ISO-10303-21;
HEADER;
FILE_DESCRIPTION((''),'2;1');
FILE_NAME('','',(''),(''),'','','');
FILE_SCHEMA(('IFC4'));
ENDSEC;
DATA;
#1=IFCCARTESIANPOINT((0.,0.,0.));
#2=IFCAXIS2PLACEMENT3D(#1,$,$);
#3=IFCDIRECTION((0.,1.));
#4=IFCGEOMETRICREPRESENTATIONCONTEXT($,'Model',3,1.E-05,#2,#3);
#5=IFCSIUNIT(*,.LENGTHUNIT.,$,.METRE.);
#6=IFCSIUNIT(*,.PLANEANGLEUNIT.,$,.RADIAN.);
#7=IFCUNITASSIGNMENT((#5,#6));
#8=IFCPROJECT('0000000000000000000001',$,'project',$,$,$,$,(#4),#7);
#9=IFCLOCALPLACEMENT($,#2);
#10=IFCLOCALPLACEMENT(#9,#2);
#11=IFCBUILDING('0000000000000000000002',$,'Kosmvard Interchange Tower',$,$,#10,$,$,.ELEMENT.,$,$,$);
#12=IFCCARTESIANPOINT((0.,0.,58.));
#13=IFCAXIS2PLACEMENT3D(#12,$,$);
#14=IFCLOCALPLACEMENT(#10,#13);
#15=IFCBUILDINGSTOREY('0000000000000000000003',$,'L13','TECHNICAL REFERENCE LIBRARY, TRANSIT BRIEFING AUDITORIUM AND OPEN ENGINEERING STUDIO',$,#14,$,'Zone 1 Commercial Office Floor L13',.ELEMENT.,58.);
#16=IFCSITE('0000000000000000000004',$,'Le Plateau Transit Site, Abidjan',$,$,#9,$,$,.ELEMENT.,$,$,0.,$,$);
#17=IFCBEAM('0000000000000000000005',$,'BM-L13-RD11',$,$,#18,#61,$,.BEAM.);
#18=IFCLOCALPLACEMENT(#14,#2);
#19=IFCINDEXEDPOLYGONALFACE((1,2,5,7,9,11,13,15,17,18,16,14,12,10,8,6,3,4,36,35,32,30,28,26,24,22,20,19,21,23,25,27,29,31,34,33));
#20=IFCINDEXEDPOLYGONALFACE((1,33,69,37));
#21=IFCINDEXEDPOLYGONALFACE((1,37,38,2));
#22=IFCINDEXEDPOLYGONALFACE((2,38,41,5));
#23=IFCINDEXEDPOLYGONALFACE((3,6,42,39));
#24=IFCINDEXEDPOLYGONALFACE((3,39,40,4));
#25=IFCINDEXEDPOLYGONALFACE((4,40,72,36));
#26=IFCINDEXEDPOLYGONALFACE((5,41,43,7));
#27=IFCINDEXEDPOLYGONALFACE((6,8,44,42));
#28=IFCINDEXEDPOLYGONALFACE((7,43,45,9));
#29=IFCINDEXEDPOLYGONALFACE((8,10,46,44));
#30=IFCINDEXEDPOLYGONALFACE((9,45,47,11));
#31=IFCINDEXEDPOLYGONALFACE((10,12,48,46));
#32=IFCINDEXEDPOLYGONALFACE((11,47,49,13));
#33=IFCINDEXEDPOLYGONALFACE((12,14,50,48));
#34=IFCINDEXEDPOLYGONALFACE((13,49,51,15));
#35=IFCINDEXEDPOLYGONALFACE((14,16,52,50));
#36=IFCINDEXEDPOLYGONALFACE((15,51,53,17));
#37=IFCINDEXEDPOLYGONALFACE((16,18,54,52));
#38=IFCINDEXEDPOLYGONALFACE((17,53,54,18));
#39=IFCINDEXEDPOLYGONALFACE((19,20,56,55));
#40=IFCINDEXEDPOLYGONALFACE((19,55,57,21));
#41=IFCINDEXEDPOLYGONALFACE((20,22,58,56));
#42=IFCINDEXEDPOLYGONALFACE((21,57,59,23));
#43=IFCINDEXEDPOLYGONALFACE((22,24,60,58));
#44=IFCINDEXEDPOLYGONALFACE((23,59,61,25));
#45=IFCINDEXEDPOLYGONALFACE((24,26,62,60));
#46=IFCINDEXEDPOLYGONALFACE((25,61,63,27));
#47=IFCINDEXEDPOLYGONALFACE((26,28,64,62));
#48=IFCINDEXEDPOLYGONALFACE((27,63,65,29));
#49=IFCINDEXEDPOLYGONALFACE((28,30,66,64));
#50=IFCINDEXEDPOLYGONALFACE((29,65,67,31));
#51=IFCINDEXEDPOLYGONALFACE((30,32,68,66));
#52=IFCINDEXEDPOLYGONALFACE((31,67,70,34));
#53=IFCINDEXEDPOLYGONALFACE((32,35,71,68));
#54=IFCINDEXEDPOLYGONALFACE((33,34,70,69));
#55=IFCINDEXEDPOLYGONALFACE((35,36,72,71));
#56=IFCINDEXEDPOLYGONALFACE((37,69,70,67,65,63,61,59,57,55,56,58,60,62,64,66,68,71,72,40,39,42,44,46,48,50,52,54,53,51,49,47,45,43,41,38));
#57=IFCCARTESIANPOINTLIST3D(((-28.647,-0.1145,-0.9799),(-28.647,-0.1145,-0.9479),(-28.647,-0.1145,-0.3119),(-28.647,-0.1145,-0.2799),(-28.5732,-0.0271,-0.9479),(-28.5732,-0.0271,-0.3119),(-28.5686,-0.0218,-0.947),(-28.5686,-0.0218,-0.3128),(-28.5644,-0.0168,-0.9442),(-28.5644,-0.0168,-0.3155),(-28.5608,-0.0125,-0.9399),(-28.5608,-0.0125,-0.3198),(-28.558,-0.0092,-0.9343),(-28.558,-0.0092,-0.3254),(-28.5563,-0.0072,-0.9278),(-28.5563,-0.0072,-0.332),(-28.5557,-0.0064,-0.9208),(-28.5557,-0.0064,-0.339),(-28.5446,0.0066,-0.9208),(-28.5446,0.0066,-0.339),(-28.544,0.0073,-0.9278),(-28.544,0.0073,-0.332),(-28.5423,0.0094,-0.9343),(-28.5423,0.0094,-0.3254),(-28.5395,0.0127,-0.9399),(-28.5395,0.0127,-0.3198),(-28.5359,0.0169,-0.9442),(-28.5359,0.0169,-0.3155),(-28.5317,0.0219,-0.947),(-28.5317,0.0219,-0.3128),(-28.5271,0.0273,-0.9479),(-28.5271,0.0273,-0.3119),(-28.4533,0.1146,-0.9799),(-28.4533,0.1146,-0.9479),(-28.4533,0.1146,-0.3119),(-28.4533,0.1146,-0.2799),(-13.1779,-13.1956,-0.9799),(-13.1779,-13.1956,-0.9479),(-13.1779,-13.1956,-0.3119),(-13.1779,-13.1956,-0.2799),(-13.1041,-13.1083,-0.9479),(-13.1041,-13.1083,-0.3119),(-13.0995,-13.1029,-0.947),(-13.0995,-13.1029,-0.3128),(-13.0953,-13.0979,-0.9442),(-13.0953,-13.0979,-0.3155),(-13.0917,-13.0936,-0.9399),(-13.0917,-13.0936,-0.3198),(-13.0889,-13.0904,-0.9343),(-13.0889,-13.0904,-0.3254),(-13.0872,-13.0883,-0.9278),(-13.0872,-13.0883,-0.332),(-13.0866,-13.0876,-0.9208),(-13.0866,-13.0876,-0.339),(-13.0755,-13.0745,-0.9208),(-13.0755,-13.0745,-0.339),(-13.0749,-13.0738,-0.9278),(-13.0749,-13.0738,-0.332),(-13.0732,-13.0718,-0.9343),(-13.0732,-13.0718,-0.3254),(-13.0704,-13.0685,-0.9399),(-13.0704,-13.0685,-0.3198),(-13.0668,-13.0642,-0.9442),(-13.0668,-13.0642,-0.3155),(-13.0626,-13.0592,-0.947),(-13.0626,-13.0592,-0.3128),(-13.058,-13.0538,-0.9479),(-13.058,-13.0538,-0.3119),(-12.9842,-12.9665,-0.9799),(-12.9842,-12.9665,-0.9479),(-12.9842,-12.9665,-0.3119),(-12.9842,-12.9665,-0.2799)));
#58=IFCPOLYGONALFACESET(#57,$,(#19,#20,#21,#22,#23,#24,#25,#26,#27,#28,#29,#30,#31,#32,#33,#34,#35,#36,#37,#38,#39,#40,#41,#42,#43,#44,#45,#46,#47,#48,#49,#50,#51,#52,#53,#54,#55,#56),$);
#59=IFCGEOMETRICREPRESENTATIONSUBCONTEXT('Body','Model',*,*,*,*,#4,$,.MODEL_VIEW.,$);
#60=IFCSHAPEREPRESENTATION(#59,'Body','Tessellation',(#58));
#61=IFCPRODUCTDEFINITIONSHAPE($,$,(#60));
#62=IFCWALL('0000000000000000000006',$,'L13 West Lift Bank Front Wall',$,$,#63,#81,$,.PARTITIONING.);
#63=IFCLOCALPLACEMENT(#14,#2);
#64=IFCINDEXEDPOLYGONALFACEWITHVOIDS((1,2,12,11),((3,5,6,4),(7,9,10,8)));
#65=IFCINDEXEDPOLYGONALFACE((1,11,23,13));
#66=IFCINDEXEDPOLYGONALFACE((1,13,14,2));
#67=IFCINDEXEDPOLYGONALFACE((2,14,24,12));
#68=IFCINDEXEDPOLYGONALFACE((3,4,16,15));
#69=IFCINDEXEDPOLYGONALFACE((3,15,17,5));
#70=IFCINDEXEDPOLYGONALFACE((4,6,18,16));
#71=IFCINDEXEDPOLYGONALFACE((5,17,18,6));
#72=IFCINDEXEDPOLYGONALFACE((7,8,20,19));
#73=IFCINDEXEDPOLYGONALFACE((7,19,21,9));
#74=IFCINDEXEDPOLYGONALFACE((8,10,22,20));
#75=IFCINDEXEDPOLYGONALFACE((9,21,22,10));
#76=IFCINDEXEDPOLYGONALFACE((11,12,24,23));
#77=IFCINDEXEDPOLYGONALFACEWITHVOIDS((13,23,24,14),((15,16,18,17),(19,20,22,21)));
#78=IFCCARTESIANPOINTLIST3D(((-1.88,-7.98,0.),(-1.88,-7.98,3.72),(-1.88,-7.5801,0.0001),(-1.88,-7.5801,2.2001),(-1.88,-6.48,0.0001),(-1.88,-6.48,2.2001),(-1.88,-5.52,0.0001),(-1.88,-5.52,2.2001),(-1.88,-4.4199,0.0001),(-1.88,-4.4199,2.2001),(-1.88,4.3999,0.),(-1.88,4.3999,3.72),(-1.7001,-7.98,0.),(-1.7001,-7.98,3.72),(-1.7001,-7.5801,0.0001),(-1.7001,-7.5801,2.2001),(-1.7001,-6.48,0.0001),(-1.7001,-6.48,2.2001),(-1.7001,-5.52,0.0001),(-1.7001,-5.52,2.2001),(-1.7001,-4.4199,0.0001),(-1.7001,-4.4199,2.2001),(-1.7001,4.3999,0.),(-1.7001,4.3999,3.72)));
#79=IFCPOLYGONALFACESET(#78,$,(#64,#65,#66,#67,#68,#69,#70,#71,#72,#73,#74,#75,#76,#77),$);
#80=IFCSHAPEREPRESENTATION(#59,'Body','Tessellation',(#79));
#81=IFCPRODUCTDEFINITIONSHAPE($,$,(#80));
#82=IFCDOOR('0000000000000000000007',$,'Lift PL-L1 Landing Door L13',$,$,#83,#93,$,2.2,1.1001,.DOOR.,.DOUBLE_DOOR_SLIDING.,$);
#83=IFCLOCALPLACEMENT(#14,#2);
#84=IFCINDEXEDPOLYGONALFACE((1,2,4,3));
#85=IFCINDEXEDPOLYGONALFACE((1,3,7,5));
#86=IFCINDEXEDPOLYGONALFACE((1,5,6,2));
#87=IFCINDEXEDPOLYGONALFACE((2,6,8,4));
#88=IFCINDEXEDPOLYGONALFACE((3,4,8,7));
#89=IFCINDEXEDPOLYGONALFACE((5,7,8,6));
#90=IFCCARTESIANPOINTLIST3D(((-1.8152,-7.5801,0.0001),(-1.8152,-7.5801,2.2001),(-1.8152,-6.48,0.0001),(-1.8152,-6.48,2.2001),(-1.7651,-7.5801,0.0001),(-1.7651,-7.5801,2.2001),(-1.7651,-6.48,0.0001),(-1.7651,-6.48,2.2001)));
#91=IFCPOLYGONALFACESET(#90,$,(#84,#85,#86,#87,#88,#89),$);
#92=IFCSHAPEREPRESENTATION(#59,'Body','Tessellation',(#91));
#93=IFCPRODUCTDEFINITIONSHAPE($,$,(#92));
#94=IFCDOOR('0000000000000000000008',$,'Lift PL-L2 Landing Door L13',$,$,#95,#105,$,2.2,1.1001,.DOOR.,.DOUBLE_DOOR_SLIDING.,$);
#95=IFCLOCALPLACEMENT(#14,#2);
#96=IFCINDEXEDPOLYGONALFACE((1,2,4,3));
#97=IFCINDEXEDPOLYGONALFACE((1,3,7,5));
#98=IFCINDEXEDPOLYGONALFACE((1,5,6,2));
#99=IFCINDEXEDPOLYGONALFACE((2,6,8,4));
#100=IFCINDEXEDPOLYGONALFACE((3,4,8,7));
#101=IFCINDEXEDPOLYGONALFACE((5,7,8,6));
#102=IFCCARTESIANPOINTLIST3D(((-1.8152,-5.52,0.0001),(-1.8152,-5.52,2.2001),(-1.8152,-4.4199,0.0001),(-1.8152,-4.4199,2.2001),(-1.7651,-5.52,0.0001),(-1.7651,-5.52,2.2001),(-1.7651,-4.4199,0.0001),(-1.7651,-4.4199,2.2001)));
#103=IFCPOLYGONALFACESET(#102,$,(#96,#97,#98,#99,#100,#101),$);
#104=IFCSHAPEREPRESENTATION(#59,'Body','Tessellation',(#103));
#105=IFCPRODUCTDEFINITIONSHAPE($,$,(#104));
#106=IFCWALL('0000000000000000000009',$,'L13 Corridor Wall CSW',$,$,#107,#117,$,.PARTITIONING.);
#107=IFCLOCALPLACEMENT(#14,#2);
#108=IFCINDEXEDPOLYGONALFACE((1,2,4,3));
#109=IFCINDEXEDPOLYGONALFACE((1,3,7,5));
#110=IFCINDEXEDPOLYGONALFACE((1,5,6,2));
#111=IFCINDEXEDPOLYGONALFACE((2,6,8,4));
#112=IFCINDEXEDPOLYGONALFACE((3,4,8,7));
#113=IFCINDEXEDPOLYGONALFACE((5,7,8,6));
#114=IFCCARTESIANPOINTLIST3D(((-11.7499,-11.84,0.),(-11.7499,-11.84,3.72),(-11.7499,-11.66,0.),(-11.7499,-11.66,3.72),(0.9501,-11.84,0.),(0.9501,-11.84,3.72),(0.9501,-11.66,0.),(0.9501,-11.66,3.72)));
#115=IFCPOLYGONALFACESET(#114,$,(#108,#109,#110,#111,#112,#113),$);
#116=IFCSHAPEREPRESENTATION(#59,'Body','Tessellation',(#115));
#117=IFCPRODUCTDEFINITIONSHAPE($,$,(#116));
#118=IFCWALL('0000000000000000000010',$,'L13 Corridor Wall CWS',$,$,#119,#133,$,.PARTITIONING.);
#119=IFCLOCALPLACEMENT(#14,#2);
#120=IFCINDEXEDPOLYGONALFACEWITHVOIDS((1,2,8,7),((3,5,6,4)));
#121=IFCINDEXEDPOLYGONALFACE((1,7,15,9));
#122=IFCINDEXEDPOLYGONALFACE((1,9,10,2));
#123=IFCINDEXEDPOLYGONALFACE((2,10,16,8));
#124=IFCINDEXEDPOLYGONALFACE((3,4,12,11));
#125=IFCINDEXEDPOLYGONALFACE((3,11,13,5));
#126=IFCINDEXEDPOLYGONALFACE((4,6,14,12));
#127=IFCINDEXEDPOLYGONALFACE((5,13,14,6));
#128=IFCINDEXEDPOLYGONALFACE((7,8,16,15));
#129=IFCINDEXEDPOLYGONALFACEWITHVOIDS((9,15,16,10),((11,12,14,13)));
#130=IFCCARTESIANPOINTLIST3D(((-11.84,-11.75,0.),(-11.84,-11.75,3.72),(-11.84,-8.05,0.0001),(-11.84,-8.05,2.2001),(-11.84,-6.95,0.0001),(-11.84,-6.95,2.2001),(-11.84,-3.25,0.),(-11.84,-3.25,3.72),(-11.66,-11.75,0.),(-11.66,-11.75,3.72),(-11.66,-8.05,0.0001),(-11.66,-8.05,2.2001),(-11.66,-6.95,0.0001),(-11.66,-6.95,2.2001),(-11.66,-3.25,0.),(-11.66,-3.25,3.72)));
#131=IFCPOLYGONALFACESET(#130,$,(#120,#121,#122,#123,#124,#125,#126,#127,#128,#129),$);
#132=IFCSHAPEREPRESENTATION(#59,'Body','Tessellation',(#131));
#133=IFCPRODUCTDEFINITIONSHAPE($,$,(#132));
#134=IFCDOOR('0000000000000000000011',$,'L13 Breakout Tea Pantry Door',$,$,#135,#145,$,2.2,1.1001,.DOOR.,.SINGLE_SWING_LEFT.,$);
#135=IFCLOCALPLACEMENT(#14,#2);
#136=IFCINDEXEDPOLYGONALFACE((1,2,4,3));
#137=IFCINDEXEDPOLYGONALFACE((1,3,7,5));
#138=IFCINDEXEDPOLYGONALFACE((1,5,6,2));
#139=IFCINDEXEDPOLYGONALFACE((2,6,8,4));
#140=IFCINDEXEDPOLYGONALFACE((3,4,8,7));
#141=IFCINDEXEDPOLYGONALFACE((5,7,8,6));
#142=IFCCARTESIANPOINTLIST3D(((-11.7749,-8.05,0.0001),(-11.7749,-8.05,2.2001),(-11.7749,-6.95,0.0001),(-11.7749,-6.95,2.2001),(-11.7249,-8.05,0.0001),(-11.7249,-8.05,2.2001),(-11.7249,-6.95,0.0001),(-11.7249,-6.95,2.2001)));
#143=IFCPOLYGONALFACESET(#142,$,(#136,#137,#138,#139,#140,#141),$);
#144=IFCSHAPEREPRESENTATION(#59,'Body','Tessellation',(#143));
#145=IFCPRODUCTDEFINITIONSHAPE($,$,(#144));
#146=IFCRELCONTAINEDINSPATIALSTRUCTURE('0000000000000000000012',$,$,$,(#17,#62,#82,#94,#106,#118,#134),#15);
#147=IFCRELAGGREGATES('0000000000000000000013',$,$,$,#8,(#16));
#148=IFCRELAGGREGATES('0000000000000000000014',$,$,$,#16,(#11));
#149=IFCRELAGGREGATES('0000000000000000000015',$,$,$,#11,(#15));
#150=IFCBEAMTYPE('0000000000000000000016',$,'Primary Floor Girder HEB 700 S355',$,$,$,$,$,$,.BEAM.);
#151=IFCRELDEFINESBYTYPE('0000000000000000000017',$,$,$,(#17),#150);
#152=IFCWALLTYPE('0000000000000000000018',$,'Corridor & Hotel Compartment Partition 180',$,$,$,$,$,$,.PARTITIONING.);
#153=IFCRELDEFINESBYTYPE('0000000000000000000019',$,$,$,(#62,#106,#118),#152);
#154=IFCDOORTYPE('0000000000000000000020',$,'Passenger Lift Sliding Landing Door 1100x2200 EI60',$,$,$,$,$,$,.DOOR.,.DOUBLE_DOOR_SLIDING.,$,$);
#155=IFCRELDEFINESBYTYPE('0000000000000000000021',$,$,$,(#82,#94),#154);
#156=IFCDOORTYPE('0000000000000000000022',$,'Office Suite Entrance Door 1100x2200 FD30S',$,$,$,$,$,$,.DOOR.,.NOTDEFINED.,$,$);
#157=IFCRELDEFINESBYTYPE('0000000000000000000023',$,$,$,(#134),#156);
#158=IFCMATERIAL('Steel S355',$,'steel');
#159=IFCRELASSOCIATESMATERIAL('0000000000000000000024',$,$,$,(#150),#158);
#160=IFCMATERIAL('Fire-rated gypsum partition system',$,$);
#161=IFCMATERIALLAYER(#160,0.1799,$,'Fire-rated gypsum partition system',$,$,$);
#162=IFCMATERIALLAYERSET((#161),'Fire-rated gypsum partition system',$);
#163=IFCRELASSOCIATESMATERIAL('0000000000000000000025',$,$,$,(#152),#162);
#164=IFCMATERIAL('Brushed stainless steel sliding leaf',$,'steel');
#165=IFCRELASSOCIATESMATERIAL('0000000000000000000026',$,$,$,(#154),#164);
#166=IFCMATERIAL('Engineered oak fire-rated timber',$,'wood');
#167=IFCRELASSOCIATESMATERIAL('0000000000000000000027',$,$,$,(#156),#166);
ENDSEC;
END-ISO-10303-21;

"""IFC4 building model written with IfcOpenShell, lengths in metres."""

from ifc_helpers import new_model, si_unit, direction, frame, frame_2d, origin, origin_2d, place, context, subcontext, project, spatial, rectangle, i_section, extrude, source, transform, mapped, material, layer, layer_set, material_profile, profile_set, type_object, element, fill, save


model = new_model("IFC4")

# Units and contexts
model_context = context("Model", 3, precision=1e-05, world=origin(), true_north=direction((0.0, 1.0)))
body_context = subcontext(model_context, "Body", "Model", "MODEL_VIEW")
ifc_project = project(units=[si_unit("LENGTHUNIT", "METRE"), si_unit("PLANEANGLEUNIT", "RADIAN")], contexts=[model_context])

# Site, building, storey
site_placement = place(None, origin())
site = spatial("IfcSite", under=ifc_project, at=site_placement, Name="Le Plateau Transit Site, Abidjan", CompositionType="ELEMENT", RefElevation=0.0)
building_placement = place(site_placement, origin())
building = spatial("IfcBuilding", under=site, at=building_placement, Name="Kosmvard Interchange Tower", CompositionType="ELEMENT")
storey_placement = place(building_placement, frame((0.0, 0.0, 58.0)))
storey = spatial("IfcBuildingStorey", under=building, at=storey_placement, Name="L13", Description="TECHNICAL REFERENCE LIBRARY, TRANSIT BRIEFING AUDITORIUM AND OPEN ENGINEERING STUDIO", LongName="Zone 1 Commercial Office Floor L13", CompositionType="ELEMENT", Elevation=58.0)

# Beam
ifc_material_1 = material(Name="Steel S355", Category="steel")
ifc_material_profile_1 = material_profile(ifc_material_1, i_section(OverallWidth=0.3, OverallDepth=0.7, WebThickness=0.0171, FlangeThickness=0.032, FilletRadius=0.0271, at=origin_2d()), Name="HEB 700")
ifc_profile_set_1 = profile_set([ifc_material_profile_1], Name="Steel S355")
beam_type_1 = type_object("IfcBeamType", Name="Primary Floor Girder HEB 700 S355", PredefinedType="BEAM", material=ifc_profile_set_1)
shared_shape_1 = source(origin(), body_context, "Body", "SweptSolid", [
    extrude(i_section(OverallWidth=0.3, OverallDepth=0.7, WebThickness=0.0171, FlangeThickness=0.032, FilletRadius=0.0271, at=origin_2d()), origin(), (0.0, 0.0, 1.0), 20.2585),
])
for number, where, z_axis, x_axis, name in (
    (1, (-13.0811, -13.0811, -0.6299), (-0.763583, 0.645709, 0.0), (-0.645709, -0.763583, 0.0), "BM-L13-RD11"),
):
    element("IfcBeam", number, at=place(storey_placement, frame(where, z_axis=z_axis, x_axis=x_axis)), inside=storey, type_object=beam_type_1, Name=name, PredefinedType="BEAM", context=body_context, shape_type="MappedRepresentation", body=[
        mapped(shared_shape_1, transform((0.0, 0.0, 0.0), scale=1.0)),
    ])

# Wall, openings, doors
ifc_material_2 = material(Name="Fire-rated gypsum partition system")
ifc_layer_1 = layer(ifc_material_2, 0.1799, Name="Fire-rated gypsum partition system")
ifc_layer_set_1 = layer_set([ifc_layer_1], Name="Fire-rated gypsum partition system")
wall_type_1 = type_object("IfcWallType", Name="Corridor & Hotel Compartment Partition 180", PredefinedType="PARTITIONING", material=ifc_layer_set_1)
wall_1_placement = place(storey_placement, frame((-1.79, -7.98, 0.0), z_axis=(0.0, 0.0, 1.0), x_axis=(0.0, 1.0, 0.0)))
wall_1 = element("IfcWall", 2, at=wall_1_placement, inside=storey, type_object=wall_type_1, Name="L13 West Lift Bank Front Wall", PredefinedType="PARTITIONING", context=body_context, shape_type="SweptSolid", body=[
    extrude(rectangle(XDim=12.3799, YDim=0.1799, at=frame_2d((6.1899, 0.0))), origin(), (0.0, 0.0, 1.0), 3.72),
])
opening_1_placement = place(wall_1_placement, frame((0.3999, 0.0, 0.0)))
opening_1 = element("IfcOpeningElement", 3, at=opening_1_placement, cuts=wall_1, PredefinedType="OPENING", context=body_context, shape_type="SweptSolid", body=[
    extrude(rectangle(XDim=1.1001, YDim=2.2, at=frame_2d((0.55, 1.1001))), frame((0.0, 0.1001, 0.0), z_axis=(0.0, -1.0, 0.0), x_axis=(1.0, 0.0, 0.0)), (0.0, 0.0, 1.0), 0.2),
])
opening_2_placement = place(wall_1_placement, frame((2.46, 0.0, 0.0)))
opening_2 = element("IfcOpeningElement", 4, at=opening_2_placement, cuts=wall_1, PredefinedType="OPENING", context=body_context, shape_type="SweptSolid", body=[
    extrude(rectangle(XDim=1.1001, YDim=2.2, at=frame_2d((0.55, 1.1001))), frame((0.0, 0.1001, 0.0), z_axis=(0.0, -1.0, 0.0), x_axis=(1.0, 0.0, 0.0)), (0.0, 0.0, 1.0), 0.2),
])
ifc_material_3 = material(Name="Brushed stainless steel sliding leaf", Category="steel")
door_type_1 = type_object("IfcDoorType", Name="Passenger Lift Sliding Landing Door 1100x2200 EI60", OperationType="DOUBLE_DOOR_SLIDING", PredefinedType="DOOR", material=ifc_material_3)
shared_shape_2 = source(origin(), body_context, "Body", "SweptSolid", [
    extrude(rectangle(XDim=1.1001, YDim=2.2, at=frame_2d((0.55, 1.1001))), frame((0.0, 0.0249, 0.0), z_axis=(0.0, -1.0, 0.0), x_axis=(1.0, 0.0, 0.0)), (0.0, 0.0, 1.0), 0.05),
])
door_1_placement = place(opening_1_placement, frame((1.1001, 0.0, 0.0), z_axis=(0.0, 0.0, 1.0), x_axis=(-1.0, 0.0, 0.0)))
door_1 = element("IfcDoor", 5, at=door_1_placement, inside=storey, type_object=door_type_1, Name="Lift PL-L1 Landing Door L13", OperationType="DOUBLE_DOOR_SLIDING", OverallHeight=2.2, OverallWidth=1.1001, PredefinedType="DOOR", context=body_context, shape_type="MappedRepresentation", body=[
    mapped(shared_shape_2, transform((0.0, 0.0, 0.0), scale=1.0)),
])
fill(opening_1, door_1)
door_2_placement = place(opening_2_placement, frame((1.1001, 0.0, 0.0), z_axis=(0.0, 0.0, 1.0), x_axis=(-1.0, 0.0, 0.0)))
door_2 = element("IfcDoor", 6, at=door_2_placement, inside=storey, type_object=door_type_1, Name="Lift PL-L2 Landing Door L13", OperationType="DOUBLE_DOOR_SLIDING", OverallHeight=2.2, OverallWidth=1.1001, PredefinedType="DOOR", context=body_context, shape_type="MappedRepresentation", body=[
    mapped(shared_shape_2, transform((0.0, 0.0, 0.0), scale=1.0)),
])
fill(opening_2, door_2)

# Wall
wall_2_placement = place(storey_placement, frame((-11.75, -11.75, 0.0), z_axis=(0.0, 0.0, 1.0), x_axis=(1.0, 0.0, 0.0)))
element("IfcWall", 7, at=wall_2_placement, inside=storey, type_object=wall_type_1, Name="L13 Corridor Wall CSW", PredefinedType="PARTITIONING", context=body_context, shape_type="SweptSolid", body=[
    extrude(rectangle(XDim=12.7, YDim=0.1799, at=frame_2d((6.3501, 0.0))), origin(), (0.0, 0.0, 1.0), 3.72),
])

# Wall, opening, door
wall_3_placement = place(storey_placement, frame((-11.75, -11.75, 0.0), z_axis=(0.0, 0.0, 1.0), x_axis=(0.0, 1.0, 0.0)))
wall_3 = element("IfcWall", 8, at=wall_3_placement, inside=storey, type_object=wall_type_1, Name="L13 Corridor Wall CWS", PredefinedType="PARTITIONING", context=body_context, shape_type="SweptSolid", body=[
    extrude(rectangle(XDim=8.5, YDim=0.1799, at=frame_2d((4.25, 0.0))), origin(), (0.0, 0.0, 1.0), 3.72),
])
opening_3_placement = place(wall_3_placement, frame((3.7, 0.0, 0.0)))
opening_3 = element("IfcOpeningElement", 9, at=opening_3_placement, cuts=wall_3, PredefinedType="OPENING", context=body_context, shape_type="SweptSolid", body=[
    extrude(rectangle(XDim=1.1001, YDim=2.2, at=frame_2d((0.55, 1.1001))), frame((0.0, 0.1001, 0.0), z_axis=(0.0, -1.0, 0.0), x_axis=(1.0, 0.0, 0.0)), (0.0, 0.0, 1.0), 0.2),
])
ifc_material_4 = material(Name="Engineered oak fire-rated timber", Category="wood")
door_type_2 = type_object("IfcDoorType", Name="Office Suite Entrance Door 1100x2200 FD30S", OperationType="NOTDEFINED", PredefinedType="DOOR", material=ifc_material_4)
door_3_placement = place(opening_3_placement, origin())
door_3 = element("IfcDoor", 10, at=door_3_placement, inside=storey, type_object=door_type_2, Name="L13 Breakout Tea Pantry Door", OperationType="SINGLE_SWING_LEFT", OverallHeight=2.2, OverallWidth=1.1001, PredefinedType="DOOR", context=body_context, shape_type="MappedRepresentation", body=[
    mapped(shared_shape_2, transform((0.0, 0.0, 0.0), scale=1.0)),
])
fill(opening_3, door_3)

save(model, "model.ifc")
